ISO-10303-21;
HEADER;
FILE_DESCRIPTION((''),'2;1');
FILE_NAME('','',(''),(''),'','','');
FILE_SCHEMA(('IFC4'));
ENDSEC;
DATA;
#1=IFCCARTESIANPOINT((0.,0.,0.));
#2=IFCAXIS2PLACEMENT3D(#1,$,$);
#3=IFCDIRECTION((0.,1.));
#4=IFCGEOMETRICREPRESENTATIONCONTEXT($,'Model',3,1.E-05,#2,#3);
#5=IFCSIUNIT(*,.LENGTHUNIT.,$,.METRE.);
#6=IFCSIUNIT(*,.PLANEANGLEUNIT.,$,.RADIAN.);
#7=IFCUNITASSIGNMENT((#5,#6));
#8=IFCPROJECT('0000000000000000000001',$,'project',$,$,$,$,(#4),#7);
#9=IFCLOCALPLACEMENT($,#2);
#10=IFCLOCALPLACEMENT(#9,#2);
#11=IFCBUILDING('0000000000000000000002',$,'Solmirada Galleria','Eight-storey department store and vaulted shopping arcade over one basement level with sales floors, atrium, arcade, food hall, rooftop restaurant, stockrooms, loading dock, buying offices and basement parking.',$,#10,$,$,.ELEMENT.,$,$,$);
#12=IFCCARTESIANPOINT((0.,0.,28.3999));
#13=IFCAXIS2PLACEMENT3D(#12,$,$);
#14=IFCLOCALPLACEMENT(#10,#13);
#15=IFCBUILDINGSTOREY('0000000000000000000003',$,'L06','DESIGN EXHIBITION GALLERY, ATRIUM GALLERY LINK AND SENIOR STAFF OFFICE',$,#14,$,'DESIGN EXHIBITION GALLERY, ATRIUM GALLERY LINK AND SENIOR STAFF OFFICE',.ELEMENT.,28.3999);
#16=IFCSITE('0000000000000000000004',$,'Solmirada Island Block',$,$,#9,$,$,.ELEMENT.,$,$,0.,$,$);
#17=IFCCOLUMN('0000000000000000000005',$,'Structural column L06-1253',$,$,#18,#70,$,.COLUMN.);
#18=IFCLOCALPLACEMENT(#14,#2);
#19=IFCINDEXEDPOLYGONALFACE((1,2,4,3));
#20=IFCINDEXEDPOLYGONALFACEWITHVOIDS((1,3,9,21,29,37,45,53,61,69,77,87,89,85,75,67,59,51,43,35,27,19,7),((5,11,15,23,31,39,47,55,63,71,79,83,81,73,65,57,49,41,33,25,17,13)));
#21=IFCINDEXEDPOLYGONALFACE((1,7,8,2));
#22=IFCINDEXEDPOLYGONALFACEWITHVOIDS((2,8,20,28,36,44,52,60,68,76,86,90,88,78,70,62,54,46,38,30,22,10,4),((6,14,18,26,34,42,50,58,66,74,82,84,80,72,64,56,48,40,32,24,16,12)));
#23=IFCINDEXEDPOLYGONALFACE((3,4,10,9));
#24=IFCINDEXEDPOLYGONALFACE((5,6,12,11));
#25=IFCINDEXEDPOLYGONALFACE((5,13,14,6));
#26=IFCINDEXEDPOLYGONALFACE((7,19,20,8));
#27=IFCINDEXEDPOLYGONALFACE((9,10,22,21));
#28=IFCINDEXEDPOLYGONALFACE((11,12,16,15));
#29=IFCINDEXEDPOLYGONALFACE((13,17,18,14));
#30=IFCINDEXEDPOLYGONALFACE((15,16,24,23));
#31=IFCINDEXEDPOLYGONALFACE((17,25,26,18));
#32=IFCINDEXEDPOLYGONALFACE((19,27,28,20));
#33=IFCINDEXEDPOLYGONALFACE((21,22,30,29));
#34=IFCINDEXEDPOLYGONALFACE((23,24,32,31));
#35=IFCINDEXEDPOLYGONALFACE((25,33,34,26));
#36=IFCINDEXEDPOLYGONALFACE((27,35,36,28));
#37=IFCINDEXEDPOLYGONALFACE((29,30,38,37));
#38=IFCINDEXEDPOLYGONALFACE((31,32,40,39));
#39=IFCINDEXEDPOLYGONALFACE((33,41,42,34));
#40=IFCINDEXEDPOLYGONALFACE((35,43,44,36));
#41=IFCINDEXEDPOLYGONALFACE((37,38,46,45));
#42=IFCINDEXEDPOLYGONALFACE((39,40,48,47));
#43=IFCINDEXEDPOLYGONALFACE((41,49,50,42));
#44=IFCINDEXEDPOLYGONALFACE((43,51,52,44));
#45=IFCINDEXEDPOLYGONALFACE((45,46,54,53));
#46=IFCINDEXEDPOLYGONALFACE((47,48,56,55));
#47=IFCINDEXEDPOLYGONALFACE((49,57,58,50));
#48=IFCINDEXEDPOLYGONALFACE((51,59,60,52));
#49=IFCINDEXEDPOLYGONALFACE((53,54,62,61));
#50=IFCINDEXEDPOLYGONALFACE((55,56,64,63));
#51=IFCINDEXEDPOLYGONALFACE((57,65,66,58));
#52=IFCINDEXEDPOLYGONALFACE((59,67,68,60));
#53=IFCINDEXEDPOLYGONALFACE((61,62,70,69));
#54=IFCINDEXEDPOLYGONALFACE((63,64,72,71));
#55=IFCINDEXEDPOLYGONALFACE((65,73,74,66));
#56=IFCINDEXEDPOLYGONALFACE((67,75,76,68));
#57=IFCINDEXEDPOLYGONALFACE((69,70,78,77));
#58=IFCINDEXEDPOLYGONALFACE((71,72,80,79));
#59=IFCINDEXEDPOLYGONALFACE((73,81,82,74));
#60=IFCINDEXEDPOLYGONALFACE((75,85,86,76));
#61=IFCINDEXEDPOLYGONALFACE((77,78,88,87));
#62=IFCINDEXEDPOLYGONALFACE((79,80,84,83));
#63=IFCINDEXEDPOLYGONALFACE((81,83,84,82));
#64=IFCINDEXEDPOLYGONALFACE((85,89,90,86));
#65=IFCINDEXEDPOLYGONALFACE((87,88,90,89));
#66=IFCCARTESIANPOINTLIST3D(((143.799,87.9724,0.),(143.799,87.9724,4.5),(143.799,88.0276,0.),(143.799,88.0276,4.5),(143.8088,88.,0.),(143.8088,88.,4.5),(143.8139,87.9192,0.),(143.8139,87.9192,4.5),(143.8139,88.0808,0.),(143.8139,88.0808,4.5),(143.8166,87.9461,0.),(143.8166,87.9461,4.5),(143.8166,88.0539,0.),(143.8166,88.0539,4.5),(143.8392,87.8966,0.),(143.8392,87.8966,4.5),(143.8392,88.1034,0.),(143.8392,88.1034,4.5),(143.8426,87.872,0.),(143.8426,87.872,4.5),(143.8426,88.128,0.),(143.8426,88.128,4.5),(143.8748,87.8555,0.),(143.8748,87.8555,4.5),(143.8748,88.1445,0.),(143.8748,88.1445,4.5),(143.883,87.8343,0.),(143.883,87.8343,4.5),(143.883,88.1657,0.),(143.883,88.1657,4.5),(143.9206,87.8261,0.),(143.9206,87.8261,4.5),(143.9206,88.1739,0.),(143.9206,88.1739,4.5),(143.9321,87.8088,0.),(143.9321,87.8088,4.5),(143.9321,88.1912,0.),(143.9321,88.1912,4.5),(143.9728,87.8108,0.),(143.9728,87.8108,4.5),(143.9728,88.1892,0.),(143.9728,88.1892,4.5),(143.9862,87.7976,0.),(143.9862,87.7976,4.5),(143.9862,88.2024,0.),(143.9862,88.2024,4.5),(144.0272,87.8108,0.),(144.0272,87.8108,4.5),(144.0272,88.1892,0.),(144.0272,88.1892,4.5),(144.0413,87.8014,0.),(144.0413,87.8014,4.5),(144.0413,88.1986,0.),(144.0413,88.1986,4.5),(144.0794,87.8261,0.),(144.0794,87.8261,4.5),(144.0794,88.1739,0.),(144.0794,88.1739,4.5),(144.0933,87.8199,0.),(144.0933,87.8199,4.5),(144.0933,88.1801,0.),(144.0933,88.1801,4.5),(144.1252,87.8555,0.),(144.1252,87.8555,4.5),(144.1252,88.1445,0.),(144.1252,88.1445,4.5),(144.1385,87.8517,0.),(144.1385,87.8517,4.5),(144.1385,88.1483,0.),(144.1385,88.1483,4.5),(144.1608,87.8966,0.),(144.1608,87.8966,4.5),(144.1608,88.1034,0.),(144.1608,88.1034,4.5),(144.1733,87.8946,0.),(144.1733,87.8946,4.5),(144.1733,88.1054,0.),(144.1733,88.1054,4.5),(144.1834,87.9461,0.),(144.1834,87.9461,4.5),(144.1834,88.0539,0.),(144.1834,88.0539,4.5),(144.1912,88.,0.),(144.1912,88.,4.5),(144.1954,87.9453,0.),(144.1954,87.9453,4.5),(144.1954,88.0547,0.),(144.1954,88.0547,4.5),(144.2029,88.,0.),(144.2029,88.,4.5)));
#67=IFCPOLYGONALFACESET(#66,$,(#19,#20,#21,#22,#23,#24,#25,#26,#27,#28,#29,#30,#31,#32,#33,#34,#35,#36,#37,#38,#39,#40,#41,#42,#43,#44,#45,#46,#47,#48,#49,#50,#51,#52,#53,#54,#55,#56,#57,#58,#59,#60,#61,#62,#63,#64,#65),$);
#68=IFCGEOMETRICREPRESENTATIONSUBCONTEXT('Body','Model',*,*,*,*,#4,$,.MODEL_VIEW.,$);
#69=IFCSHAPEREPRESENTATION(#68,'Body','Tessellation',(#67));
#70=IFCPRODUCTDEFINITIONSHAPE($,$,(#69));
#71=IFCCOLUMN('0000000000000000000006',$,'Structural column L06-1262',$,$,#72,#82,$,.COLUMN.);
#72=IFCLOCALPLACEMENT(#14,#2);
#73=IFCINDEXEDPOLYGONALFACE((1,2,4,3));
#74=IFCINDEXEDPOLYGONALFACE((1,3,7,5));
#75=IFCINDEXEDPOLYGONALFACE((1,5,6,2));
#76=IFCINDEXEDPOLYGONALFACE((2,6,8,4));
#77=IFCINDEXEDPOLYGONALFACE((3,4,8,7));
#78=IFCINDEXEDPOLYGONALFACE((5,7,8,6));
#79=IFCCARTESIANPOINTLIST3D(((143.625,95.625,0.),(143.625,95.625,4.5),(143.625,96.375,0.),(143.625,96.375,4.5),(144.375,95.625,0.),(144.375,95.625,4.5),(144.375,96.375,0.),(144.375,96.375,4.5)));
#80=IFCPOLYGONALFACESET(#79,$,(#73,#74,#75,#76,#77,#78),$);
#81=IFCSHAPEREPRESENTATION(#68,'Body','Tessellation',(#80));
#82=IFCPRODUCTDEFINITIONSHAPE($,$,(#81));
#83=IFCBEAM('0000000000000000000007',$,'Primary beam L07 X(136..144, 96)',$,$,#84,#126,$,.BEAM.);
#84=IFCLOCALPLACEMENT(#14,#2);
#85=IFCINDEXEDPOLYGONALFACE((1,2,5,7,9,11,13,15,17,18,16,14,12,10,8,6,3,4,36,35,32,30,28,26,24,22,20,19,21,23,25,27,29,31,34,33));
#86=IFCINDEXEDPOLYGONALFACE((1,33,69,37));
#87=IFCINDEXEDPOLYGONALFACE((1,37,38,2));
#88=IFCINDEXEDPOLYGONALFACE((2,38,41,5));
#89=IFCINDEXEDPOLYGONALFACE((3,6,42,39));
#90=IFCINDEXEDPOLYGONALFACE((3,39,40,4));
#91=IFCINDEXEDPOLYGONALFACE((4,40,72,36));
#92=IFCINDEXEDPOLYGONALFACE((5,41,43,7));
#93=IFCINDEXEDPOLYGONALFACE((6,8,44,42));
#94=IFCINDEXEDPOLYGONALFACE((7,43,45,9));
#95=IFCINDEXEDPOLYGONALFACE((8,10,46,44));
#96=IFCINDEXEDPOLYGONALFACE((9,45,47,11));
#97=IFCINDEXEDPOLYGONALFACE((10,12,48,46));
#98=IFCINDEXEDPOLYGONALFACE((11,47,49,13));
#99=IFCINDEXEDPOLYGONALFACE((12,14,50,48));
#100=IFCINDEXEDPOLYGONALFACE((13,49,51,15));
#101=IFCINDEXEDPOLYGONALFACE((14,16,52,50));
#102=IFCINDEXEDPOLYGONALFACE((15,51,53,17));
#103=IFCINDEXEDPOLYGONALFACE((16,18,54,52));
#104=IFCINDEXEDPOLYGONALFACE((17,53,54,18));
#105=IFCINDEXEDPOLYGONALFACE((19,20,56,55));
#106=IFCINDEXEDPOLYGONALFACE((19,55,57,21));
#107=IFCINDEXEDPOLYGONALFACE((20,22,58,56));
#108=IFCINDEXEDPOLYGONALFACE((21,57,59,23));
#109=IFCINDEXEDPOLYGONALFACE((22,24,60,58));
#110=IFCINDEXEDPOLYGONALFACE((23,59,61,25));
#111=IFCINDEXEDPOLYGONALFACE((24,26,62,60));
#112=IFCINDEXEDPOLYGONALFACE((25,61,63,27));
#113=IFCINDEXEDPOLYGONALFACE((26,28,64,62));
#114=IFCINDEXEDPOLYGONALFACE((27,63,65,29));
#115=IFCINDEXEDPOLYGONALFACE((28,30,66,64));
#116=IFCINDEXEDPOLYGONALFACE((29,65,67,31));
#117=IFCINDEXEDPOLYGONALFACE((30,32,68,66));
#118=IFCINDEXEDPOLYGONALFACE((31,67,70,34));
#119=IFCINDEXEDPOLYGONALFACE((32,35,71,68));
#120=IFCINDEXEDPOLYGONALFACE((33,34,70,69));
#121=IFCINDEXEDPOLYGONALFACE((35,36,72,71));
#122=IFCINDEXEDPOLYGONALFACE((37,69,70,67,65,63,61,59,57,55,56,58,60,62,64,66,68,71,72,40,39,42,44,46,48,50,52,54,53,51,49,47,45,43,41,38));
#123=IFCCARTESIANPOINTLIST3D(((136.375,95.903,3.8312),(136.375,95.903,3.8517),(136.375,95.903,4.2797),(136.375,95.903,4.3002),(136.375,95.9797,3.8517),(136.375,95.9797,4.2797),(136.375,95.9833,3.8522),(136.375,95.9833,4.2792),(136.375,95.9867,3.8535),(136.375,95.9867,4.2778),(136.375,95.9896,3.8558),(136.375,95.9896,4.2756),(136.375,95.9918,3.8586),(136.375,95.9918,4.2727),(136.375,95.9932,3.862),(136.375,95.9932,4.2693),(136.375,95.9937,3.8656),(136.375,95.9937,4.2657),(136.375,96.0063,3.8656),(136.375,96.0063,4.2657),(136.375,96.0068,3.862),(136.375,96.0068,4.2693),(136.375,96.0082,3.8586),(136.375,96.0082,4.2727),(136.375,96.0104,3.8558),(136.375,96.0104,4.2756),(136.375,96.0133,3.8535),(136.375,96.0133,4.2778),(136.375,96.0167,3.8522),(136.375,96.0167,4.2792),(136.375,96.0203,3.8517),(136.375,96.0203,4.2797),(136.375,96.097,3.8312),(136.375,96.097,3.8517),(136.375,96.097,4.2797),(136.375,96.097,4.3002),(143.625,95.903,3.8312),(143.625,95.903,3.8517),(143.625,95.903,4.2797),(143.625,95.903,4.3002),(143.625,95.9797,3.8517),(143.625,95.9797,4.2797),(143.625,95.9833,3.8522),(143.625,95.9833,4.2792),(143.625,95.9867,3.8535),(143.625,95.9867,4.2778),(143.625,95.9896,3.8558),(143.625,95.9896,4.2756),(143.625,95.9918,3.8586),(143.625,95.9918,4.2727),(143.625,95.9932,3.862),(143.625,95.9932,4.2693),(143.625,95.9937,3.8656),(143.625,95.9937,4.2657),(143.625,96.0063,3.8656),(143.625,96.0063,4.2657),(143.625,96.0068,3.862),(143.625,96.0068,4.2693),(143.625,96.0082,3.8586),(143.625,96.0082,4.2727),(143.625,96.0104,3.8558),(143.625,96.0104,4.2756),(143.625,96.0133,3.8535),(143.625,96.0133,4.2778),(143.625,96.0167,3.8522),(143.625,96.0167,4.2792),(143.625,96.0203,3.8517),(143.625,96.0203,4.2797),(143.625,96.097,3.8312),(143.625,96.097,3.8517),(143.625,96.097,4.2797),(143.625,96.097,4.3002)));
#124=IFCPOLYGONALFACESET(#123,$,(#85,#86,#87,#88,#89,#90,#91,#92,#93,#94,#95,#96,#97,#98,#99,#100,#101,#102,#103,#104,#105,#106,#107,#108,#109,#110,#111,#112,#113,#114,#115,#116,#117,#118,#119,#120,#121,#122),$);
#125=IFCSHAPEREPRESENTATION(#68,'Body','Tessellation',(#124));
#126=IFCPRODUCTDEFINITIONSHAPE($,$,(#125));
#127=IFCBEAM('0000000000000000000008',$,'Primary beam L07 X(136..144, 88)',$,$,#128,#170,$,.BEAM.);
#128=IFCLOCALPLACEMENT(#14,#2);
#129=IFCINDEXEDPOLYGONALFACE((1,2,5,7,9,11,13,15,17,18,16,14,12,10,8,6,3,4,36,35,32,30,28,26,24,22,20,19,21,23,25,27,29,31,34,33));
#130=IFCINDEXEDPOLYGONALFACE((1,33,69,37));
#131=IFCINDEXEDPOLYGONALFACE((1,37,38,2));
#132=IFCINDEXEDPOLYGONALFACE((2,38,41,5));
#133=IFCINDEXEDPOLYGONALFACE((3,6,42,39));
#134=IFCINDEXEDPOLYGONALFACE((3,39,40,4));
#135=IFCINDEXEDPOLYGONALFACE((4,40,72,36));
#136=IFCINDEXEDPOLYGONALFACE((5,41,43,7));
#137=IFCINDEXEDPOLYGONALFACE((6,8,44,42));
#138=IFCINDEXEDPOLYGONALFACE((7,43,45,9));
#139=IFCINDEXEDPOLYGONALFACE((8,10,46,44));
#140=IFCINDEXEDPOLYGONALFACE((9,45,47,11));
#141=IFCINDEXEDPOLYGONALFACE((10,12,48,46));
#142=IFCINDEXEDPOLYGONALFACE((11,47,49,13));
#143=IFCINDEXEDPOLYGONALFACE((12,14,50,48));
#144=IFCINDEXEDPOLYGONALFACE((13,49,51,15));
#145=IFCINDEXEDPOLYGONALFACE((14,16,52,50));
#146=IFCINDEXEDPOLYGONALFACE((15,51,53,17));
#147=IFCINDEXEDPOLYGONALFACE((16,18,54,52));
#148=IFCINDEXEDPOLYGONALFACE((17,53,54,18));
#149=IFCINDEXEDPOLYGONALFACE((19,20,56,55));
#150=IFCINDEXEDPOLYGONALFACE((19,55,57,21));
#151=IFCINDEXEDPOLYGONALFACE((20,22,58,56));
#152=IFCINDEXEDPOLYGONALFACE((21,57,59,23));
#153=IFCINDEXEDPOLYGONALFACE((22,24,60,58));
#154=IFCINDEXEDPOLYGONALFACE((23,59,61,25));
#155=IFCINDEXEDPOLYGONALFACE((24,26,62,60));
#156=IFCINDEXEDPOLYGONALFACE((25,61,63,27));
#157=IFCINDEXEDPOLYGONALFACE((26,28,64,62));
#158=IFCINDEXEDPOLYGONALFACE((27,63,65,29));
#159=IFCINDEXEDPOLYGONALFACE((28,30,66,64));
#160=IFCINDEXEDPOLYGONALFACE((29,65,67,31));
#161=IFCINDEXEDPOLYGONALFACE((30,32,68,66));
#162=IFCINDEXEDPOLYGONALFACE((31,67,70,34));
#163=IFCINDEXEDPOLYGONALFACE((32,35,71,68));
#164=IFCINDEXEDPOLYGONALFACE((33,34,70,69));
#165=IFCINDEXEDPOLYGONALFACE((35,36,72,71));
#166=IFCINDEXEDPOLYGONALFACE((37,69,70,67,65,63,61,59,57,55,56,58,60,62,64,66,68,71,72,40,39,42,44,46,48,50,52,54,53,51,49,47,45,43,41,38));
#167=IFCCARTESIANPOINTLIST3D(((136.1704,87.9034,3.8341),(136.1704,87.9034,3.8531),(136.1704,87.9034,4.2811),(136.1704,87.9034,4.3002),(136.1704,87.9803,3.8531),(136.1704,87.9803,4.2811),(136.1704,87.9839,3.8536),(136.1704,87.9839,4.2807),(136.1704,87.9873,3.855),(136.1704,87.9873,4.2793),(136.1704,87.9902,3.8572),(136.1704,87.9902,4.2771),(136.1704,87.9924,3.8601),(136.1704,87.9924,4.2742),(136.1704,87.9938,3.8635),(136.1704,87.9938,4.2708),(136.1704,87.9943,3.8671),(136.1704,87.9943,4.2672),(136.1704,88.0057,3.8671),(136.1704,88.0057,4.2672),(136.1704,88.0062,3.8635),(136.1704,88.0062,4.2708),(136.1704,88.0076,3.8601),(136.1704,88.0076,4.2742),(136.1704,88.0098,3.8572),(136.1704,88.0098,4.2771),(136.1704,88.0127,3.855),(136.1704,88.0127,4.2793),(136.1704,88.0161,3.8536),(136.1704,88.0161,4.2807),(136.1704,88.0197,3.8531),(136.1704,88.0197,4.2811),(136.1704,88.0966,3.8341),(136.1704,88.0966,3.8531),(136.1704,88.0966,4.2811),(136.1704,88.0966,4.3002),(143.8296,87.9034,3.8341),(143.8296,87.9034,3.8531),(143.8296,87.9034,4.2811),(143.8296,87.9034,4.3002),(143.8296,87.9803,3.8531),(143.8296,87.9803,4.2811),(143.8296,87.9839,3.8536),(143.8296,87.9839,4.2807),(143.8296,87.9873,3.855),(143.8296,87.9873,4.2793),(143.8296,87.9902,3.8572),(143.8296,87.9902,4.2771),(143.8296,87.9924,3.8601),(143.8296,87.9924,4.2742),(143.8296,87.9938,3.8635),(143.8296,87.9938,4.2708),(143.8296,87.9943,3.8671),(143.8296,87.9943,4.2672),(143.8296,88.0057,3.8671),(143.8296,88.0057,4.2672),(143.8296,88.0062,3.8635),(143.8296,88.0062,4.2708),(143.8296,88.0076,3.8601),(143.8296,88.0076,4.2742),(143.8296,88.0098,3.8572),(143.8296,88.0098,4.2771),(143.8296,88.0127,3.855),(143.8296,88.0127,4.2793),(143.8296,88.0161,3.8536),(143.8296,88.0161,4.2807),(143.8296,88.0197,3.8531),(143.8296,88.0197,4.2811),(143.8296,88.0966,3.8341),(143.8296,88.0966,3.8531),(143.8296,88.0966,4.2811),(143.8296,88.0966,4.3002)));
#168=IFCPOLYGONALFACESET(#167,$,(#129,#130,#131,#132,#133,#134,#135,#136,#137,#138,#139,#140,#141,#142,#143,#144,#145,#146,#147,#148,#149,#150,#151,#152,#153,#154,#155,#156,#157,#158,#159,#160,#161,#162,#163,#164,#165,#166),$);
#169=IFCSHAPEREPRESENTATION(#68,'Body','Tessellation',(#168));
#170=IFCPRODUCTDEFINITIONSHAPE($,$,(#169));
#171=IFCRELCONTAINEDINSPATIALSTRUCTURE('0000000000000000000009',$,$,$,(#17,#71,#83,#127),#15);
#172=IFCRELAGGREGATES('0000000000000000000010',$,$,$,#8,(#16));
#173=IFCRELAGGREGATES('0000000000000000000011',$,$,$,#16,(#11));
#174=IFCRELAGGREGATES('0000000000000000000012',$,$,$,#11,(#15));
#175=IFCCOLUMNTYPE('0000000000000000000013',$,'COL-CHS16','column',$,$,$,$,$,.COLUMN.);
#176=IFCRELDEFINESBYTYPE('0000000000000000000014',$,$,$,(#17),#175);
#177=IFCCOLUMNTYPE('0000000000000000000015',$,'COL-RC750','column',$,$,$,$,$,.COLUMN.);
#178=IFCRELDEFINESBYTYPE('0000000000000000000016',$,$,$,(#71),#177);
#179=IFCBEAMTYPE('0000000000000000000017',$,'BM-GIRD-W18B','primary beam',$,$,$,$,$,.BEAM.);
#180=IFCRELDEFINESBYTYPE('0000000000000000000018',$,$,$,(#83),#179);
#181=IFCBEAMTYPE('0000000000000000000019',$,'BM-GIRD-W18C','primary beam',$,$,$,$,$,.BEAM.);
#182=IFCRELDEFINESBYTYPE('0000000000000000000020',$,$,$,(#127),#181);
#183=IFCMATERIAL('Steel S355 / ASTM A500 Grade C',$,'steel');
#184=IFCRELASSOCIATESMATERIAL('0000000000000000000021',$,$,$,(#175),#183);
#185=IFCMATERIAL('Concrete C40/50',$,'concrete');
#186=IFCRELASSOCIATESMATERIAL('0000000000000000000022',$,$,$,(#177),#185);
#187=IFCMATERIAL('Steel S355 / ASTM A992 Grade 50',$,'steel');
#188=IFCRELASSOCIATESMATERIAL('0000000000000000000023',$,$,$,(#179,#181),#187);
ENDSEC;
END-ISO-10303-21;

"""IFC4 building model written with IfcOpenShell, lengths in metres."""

from ifc_helpers import new_model, si_unit, direction, frame, origin, origin_2d, place, context, subcontext, project, spatial, rectangle, hollow_circle, i_section, extrude, material, material_profile, profile_set, type_object, element, save


model = new_model("IFC4")

# Units and contexts
model_context = context("Model", 3, precision=1e-05, world=origin(), true_north=direction((0.0, 1.0)))
body_context = subcontext(model_context, "Body", "Model", "MODEL_VIEW")
ifc_project = project(units=[si_unit("LENGTHUNIT", "METRE"), si_unit("PLANEANGLEUNIT", "RADIAN")], contexts=[model_context])

# Site, building, storey
site_placement = place(None, origin())
site = spatial("IfcSite", under=ifc_project, at=site_placement, Name="Solmirada Island Block", CompositionType="ELEMENT", RefElevation=0.0)
building_placement = place(site_placement, origin())
building = spatial("IfcBuilding", under=site, at=building_placement, Name="Solmirada Galleria", Description="Eight-storey department store and vaulted shopping arcade over one basement level with sales floors, atrium, arcade, food hall, rooftop restaurant, stockrooms, loading dock, buying offices and basement parking.", CompositionType="ELEMENT")
storey_placement = place(building_placement, frame((0.0, 0.0, 28.3999)))
storey = spatial("IfcBuildingStorey", under=building, at=storey_placement, Name="L06", Description="DESIGN EXHIBITION GALLERY, ATRIUM GALLERY LINK AND SENIOR STAFF OFFICE", LongName="DESIGN EXHIBITION GALLERY, ATRIUM GALLERY LINK AND SENIOR STAFF OFFICE", CompositionType="ELEMENT", Elevation=28.3999)

# Columns
ifc_material_1 = material(Name="Steel S355 / ASTM A500 Grade C", Category="steel")
ifc_material_profile_1 = material_profile(ifc_material_1, hollow_circle(Radius=0.2029, WallThickness=0.0117, at=origin_2d()), Name="HSS16.000X0.500")
ifc_profile_set_1 = profile_set([ifc_material_profile_1], Name="Steel S355 / ASTM A500 Grade C")
column_type_1 = type_object("IfcColumnType", Name="COL-CHS16", Description="column", PredefinedType="COLUMN", material=ifc_profile_set_1)
column_1_placement = place(storey_placement, frame((144.0, 88.0, 0.0), z_axis=(0.0, 0.0, 1.0), x_axis=(1.0, 0.0, 0.0)))
element("IfcColumn", 1, at=column_1_placement, inside=storey, type_object=column_type_1, Name="Structural column L06-1253", PredefinedType="COLUMN", context=body_context, shape_type="SweptSolid", body=[
    extrude(hollow_circle(Radius=0.2029, WallThickness=0.0117, at=origin_2d()), origin(), (0.0, 0.0, 1.0), 4.5),
])
ifc_material_2 = material(Name="Concrete C40/50", Category="concrete")
ifc_material_profile_2 = material_profile(ifc_material_2, rectangle(XDim=0.75, YDim=0.75, at=origin_2d()), Name="RC750X750")
ifc_profile_set_2 = profile_set([ifc_material_profile_2], Name="Concrete C40/50")
column_type_2 = type_object("IfcColumnType", Name="COL-RC750", Description="column", PredefinedType="COLUMN", material=ifc_profile_set_2)
column_2_placement = place(storey_placement, frame((144.0, 96.0, 0.0), z_axis=(0.0, 0.0, 1.0), x_axis=(1.0, 0.0, 0.0)))
element("IfcColumn", 2, at=column_2_placement, inside=storey, type_object=column_type_2, Name="Structural column L06-1262", PredefinedType="COLUMN", context=body_context, shape_type="SweptSolid", body=[
    extrude(rectangle(XDim=0.75, YDim=0.75, at=origin_2d()), origin(), (0.0, 0.0, 1.0), 4.5),
])

# Beams
ifc_material_3 = material(Name="Steel S355 / ASTM A992 Grade 50", Category="steel")
ifc_material_profile_3 = material_profile(ifc_material_3, i_section(OverallWidth=0.1941, OverallDepth=0.469, WebThickness=0.0127, FlangeThickness=0.0205, FilletRadius=0.0139, at=origin_2d()), Name="W18X71")
ifc_profile_set_3 = profile_set([ifc_material_profile_3], Name="Steel S355 / ASTM A992 Grade 50")
beam_type_1 = type_object("IfcBeamType", Name="BM-GIRD-W18B", Description="primary beam", PredefinedType="BEAM", material=ifc_profile_set_3)
beam_1_placement = place(storey_placement, frame((136.375, 96.0, 4.0657), z_axis=(1.0, 0.0, 0.0), x_axis=(0.0, 1.0, 0.0)))
element("IfcBeam", 3, at=beam_1_placement, inside=storey, type_object=beam_type_1, Name="Primary beam L07 X(136..144, 96)", PredefinedType="BEAM", context=body_context, shape_type="SweptSolid", body=[
    extrude(i_section(OverallWidth=0.1941, OverallDepth=0.469, WebThickness=0.0127, FlangeThickness=0.0205, FilletRadius=0.0139, at=origin_2d()), origin(), (0.0, 0.0, 1.0), 7.25),
])
ifc_material_profile_4 = material_profile(ifc_material_3, i_section(OverallWidth=0.1931, OverallDepth=0.4661, WebThickness=0.0115, FlangeThickness=0.019, FilletRadius=0.0139, at=origin_2d()), Name="W18X65")
ifc_profile_set_4 = profile_set([ifc_material_profile_4], Name="Steel S355 / ASTM A992 Grade 50")
beam_type_2 = type_object("IfcBeamType", Name="BM-GIRD-W18C", Description="primary beam", PredefinedType="BEAM", material=ifc_profile_set_4)
beam_2_placement = place(storey_placement, frame((136.1704, 88.0, 4.0671), z_axis=(1.0, 0.0, 0.0), x_axis=(0.0, 1.0, 0.0)))
element("IfcBeam", 4, at=beam_2_placement, inside=storey, type_object=beam_type_2, Name="Primary beam L07 X(136..144, 88)", PredefinedType="BEAM", context=body_context, shape_type="SweptSolid", body=[
    extrude(i_section(OverallWidth=0.1931, OverallDepth=0.4661, WebThickness=0.0115, FlangeThickness=0.019, FilletRadius=0.0139, at=origin_2d()), origin(), (0.0, 0.0, 1.0), 7.6592),
])

save(model, "model.ifc")
